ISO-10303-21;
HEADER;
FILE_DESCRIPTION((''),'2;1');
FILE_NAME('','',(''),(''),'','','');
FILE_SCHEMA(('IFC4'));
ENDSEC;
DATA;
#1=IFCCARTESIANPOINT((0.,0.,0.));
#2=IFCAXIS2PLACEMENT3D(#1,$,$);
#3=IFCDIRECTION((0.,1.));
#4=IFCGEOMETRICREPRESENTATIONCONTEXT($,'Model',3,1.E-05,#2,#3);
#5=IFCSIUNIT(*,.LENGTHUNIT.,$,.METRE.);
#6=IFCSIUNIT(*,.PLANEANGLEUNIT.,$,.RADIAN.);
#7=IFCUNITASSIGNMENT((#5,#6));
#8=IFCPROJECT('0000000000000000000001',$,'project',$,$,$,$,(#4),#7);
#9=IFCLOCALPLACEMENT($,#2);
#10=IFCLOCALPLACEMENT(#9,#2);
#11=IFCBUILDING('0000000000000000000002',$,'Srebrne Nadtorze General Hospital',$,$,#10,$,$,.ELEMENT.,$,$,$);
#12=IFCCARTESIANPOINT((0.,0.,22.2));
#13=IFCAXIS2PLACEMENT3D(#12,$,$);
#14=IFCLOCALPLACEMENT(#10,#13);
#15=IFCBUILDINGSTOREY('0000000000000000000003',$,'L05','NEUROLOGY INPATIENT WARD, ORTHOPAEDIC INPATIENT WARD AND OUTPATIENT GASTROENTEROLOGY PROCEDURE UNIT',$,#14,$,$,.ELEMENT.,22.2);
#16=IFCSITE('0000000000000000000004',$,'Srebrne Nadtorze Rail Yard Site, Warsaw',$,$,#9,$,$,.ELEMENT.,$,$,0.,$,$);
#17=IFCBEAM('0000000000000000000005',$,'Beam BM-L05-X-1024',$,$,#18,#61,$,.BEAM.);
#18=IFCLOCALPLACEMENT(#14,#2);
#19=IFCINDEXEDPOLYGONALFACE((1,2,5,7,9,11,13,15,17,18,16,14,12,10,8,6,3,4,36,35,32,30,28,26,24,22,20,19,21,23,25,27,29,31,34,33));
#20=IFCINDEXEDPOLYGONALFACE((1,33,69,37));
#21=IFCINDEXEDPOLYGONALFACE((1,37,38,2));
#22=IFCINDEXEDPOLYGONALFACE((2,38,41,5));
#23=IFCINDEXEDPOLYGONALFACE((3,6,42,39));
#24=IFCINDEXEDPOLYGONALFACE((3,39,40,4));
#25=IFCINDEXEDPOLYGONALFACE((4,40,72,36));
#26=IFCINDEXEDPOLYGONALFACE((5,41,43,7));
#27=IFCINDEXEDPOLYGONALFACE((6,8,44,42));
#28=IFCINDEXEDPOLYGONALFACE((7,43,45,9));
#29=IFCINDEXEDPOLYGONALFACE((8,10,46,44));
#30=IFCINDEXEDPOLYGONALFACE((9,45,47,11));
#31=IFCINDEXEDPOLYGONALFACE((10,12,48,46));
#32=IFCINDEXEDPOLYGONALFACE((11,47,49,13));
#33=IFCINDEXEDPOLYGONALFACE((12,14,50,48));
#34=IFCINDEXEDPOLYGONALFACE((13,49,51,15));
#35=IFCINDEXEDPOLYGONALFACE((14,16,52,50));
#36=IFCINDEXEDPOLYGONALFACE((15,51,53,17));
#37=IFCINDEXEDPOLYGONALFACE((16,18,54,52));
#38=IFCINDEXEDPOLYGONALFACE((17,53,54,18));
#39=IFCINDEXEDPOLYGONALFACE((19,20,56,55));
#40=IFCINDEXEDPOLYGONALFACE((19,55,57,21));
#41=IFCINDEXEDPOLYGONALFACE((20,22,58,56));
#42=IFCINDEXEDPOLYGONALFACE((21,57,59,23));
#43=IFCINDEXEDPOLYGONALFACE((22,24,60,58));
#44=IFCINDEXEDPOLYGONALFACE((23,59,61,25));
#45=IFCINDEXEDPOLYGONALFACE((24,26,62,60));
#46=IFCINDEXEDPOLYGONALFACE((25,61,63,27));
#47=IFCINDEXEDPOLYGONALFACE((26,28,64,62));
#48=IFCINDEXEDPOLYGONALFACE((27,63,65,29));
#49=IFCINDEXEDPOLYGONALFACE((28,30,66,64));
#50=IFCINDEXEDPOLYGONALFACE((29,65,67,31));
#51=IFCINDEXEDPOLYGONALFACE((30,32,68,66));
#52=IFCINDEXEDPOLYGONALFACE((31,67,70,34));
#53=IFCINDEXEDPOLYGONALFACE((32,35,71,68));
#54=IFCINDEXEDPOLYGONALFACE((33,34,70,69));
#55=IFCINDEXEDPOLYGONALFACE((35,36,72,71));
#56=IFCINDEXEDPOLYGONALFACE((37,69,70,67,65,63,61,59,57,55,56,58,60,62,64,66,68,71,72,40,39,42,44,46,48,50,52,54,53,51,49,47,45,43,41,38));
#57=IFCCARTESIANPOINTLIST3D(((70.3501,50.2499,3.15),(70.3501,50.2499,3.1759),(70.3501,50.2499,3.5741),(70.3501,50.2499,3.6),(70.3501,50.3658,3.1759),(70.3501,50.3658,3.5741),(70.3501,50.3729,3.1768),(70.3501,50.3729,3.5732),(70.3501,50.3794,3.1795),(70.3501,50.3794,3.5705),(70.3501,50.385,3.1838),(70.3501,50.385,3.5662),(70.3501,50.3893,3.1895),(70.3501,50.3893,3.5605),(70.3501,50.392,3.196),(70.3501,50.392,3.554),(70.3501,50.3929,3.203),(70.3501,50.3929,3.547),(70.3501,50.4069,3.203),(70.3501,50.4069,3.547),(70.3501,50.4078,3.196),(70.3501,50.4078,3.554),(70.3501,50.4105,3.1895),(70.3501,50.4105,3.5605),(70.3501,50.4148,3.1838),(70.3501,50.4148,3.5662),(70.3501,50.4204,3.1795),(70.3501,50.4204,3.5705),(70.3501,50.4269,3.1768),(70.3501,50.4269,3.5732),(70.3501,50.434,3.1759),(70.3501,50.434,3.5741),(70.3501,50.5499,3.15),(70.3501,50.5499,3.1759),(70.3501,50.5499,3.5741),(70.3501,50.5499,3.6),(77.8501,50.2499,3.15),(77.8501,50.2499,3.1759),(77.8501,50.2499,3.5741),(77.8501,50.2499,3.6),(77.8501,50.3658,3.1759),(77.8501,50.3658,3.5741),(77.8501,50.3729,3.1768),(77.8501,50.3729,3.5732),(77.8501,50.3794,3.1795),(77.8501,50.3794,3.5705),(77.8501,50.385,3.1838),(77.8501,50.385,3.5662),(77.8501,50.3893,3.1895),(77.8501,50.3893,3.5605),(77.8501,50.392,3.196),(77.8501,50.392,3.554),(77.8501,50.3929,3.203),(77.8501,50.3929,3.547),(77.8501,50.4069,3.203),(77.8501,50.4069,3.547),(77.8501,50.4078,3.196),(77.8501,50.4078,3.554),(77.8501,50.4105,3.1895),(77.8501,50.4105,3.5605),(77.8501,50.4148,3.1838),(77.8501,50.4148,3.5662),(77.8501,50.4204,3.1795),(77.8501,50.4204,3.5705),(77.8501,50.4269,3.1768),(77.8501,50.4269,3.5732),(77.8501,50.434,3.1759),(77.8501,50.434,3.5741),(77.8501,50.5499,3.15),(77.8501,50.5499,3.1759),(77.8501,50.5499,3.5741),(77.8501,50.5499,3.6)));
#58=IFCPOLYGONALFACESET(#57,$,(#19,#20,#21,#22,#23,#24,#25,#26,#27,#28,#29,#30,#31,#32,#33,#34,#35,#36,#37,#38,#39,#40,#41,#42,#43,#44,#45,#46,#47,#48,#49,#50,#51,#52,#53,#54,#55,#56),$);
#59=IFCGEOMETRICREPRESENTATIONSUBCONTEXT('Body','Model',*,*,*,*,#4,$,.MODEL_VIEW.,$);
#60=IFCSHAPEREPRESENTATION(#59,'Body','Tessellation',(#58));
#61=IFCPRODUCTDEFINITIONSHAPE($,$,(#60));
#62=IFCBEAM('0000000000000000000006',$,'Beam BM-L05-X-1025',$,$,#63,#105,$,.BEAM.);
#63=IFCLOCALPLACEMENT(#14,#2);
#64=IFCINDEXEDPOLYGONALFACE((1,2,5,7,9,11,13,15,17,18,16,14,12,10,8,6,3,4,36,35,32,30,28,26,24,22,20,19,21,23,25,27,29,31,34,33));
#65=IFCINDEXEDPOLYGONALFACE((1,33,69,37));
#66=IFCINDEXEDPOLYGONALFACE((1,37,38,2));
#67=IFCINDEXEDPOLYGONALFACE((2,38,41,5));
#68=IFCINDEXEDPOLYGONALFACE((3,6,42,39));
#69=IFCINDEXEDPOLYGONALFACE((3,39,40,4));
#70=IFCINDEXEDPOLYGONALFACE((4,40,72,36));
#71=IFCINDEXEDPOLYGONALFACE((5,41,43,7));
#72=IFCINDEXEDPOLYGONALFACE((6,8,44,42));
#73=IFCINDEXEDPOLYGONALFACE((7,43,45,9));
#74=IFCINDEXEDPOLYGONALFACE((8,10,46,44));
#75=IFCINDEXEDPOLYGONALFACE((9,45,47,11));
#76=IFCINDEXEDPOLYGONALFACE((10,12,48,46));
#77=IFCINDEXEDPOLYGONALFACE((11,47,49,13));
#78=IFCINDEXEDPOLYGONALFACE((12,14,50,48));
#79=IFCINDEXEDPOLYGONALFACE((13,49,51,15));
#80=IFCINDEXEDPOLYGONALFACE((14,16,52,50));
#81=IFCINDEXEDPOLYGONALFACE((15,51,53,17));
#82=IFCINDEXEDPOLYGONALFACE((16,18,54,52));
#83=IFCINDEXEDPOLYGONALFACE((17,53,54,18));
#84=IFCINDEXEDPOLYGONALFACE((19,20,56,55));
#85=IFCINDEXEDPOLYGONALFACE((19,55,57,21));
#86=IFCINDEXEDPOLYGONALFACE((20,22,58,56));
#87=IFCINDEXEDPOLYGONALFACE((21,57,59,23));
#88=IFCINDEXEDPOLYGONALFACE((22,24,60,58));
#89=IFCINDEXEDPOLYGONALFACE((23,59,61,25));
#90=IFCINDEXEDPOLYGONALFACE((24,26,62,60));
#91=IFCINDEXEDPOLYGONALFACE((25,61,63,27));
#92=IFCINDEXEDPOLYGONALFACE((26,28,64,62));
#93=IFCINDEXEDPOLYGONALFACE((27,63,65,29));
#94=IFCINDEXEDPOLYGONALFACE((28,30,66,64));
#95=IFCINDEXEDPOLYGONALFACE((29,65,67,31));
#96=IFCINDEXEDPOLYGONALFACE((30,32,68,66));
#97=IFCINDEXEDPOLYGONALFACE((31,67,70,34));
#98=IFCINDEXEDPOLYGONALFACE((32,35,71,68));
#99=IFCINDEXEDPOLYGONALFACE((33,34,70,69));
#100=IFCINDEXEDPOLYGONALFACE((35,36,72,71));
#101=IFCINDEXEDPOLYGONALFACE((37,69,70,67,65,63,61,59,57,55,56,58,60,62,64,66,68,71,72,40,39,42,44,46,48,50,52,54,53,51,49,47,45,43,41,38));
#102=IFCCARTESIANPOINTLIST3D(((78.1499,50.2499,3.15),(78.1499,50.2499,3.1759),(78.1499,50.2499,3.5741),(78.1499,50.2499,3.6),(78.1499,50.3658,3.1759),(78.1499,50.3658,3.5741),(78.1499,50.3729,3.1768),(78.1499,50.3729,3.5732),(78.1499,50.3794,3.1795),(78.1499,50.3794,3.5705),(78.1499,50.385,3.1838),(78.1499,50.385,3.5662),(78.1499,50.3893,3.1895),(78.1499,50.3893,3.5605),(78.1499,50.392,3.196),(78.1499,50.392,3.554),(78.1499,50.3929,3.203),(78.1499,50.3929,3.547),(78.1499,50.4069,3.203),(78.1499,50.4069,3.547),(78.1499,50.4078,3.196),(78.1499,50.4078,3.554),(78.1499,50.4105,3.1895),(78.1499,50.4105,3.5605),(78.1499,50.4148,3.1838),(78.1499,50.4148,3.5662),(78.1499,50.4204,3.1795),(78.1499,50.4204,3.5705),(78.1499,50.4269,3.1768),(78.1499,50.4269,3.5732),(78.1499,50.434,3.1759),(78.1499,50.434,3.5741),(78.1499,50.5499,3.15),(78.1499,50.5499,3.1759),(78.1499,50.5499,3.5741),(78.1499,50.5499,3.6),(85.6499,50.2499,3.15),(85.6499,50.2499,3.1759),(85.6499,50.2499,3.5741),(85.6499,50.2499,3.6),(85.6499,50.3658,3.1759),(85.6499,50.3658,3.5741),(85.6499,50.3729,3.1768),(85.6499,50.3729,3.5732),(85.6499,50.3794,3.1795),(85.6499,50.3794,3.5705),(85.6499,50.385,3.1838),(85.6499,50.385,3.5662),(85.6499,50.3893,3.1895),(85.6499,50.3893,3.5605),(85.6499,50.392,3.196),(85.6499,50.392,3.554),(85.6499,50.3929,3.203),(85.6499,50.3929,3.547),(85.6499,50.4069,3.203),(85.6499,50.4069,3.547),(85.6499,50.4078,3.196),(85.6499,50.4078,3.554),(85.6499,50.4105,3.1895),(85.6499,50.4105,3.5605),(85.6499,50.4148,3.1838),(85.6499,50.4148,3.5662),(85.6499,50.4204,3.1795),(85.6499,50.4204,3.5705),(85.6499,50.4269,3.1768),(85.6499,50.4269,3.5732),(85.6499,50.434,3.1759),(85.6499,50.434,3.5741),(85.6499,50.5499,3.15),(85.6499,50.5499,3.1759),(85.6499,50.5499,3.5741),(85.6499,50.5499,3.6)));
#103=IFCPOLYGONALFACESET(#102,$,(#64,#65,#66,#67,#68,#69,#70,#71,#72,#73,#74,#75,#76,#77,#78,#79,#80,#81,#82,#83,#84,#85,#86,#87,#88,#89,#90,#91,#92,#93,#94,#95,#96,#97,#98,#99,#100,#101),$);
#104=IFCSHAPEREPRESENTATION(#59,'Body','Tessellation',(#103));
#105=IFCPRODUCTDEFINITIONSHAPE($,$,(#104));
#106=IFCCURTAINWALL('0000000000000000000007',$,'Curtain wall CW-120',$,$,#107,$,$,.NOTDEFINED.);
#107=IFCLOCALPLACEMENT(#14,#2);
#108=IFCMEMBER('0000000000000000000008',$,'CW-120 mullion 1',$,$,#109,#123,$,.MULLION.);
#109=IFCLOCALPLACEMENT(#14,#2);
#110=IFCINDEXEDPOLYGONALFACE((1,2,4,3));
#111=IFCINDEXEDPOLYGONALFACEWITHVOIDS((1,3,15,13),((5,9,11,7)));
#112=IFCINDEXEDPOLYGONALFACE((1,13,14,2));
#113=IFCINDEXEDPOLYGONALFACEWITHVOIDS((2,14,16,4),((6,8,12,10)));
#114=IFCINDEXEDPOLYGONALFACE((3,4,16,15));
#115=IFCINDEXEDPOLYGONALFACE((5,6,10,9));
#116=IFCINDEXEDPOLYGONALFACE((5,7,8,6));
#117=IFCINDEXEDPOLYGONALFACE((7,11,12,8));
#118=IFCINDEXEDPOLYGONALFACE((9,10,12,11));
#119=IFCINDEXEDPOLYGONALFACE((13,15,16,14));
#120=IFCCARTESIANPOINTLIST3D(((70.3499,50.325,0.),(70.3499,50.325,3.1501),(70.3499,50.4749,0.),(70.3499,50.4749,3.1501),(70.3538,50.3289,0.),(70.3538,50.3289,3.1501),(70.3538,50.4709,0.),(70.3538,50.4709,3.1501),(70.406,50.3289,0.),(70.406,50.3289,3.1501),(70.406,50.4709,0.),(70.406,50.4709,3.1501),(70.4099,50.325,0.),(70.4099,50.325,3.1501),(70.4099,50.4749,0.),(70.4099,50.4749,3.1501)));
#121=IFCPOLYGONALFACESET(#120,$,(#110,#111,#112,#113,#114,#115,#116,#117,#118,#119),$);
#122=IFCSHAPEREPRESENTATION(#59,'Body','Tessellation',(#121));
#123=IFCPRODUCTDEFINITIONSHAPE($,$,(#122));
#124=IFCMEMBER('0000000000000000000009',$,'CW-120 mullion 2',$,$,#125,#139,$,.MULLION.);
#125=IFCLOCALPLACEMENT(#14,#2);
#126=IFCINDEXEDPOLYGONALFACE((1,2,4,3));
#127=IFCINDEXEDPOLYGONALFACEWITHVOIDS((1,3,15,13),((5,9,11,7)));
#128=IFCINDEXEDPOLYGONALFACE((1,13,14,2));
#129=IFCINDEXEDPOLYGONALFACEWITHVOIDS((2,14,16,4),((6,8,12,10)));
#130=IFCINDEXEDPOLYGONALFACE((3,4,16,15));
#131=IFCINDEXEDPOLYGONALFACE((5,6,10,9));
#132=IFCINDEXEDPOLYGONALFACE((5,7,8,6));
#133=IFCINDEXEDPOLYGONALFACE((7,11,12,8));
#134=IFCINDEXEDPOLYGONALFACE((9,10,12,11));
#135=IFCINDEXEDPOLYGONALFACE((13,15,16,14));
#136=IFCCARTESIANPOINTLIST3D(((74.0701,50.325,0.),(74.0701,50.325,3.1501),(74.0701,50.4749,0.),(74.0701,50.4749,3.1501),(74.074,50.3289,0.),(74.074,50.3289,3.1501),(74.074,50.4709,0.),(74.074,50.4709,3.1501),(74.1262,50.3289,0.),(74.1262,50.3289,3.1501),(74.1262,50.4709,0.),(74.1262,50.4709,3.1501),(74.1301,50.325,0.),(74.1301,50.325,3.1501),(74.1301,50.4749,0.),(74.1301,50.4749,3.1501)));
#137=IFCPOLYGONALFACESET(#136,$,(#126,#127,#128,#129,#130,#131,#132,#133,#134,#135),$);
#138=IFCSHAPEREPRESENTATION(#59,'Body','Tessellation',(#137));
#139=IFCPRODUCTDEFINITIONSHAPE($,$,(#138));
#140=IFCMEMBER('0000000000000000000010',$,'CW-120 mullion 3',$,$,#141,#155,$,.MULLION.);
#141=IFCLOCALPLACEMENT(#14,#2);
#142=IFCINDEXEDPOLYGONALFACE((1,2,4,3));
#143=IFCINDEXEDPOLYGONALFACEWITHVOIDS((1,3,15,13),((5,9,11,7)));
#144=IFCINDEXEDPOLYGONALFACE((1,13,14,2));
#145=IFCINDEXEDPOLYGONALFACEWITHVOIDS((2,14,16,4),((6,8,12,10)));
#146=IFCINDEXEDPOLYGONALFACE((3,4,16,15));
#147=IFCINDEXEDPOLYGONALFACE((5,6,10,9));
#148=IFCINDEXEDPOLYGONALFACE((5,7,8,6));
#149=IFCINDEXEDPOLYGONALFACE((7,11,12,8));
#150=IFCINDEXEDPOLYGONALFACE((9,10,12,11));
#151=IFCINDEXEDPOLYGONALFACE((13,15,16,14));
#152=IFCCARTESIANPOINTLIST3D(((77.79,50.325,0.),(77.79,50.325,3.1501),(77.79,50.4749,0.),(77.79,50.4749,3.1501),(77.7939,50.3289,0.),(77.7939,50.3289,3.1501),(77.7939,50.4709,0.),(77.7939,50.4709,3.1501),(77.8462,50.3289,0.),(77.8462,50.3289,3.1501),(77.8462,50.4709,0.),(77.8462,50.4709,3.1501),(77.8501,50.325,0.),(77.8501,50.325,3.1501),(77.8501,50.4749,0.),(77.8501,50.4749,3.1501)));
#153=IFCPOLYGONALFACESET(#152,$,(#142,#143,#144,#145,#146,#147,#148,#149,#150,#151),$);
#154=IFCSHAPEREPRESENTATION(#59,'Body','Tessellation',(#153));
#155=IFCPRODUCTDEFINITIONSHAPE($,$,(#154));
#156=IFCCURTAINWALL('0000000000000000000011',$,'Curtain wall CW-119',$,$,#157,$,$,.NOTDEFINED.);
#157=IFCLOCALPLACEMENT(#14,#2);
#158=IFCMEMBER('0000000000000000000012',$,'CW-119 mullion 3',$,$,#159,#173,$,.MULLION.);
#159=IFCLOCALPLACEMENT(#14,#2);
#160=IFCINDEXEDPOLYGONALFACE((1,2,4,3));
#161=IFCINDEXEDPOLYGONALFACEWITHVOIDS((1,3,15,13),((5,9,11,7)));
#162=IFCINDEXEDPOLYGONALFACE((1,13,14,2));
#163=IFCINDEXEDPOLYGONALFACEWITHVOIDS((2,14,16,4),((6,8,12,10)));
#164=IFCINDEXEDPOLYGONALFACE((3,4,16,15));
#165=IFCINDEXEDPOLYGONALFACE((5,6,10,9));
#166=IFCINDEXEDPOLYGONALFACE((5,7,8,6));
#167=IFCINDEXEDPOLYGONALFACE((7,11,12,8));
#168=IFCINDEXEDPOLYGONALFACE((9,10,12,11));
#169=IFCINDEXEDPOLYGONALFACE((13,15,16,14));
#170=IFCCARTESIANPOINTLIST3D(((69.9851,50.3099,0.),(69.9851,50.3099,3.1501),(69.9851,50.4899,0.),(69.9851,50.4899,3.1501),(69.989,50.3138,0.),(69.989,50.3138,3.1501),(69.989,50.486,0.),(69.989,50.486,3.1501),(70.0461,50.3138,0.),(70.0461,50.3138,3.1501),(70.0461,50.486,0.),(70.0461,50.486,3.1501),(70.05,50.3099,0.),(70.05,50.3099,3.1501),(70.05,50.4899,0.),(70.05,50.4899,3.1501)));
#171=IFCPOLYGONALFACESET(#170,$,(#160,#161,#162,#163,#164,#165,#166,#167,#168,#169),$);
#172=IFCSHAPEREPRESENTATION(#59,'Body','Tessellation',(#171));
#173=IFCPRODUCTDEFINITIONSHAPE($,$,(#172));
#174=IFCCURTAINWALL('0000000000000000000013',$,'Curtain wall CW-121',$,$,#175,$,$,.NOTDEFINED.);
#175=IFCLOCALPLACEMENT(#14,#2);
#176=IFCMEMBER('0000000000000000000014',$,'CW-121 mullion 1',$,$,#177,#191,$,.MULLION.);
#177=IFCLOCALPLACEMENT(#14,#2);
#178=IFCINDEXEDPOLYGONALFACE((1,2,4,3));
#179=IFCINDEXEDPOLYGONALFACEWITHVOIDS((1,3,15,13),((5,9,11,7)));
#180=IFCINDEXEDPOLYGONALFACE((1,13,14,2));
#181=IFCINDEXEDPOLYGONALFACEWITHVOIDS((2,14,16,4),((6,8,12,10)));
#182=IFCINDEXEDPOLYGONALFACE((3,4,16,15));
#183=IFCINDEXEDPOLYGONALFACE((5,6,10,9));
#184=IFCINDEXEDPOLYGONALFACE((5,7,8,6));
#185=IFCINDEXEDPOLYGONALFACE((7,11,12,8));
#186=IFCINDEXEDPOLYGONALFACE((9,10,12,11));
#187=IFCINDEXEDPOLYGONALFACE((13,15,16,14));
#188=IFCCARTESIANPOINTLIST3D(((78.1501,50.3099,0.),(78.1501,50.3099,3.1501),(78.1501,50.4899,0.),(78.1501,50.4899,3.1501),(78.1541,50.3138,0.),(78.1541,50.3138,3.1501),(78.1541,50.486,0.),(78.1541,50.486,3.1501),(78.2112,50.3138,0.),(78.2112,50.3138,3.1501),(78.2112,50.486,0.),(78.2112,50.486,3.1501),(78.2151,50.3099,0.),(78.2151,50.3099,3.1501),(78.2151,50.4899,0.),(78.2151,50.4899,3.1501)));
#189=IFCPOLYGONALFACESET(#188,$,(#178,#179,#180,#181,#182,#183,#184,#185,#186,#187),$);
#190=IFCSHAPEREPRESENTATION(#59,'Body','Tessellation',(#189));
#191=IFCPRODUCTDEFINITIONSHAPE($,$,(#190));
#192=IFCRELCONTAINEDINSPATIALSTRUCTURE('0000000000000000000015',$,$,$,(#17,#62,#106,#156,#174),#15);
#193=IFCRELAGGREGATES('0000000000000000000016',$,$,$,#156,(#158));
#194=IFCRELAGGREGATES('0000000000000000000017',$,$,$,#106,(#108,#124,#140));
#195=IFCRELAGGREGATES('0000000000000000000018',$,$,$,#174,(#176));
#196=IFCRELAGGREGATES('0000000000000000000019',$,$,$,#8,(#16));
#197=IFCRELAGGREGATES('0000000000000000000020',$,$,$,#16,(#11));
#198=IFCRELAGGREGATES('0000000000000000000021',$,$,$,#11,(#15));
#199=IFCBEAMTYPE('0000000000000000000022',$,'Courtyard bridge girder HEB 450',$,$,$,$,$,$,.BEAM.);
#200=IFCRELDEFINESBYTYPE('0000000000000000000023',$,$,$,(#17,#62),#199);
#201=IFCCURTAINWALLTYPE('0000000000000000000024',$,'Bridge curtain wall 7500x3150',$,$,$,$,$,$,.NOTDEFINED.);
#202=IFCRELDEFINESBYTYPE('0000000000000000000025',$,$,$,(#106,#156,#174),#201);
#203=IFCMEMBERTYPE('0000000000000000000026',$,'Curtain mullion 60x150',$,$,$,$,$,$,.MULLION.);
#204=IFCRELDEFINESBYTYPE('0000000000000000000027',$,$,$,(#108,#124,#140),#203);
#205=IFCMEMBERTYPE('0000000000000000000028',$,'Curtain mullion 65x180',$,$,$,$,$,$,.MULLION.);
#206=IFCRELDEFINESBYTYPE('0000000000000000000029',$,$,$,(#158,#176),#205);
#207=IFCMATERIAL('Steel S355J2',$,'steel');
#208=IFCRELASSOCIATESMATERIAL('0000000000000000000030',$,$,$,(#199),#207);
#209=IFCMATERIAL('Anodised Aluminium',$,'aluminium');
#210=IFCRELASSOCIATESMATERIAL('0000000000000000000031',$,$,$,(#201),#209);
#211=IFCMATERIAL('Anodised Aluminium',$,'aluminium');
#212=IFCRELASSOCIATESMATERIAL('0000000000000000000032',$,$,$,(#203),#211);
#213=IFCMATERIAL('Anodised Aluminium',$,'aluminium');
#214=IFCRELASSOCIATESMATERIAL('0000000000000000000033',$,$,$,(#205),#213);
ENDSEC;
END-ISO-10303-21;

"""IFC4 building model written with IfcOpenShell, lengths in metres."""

from ifc_helpers import new_model, si_unit, direction, frame, origin, origin_2d, place, context, subcontext, project, spatial, hollow_rectangle, i_section, extrude, material, material_profile, profile_set, type_object, element, aggregate, save


model = new_model("IFC4")

# Units and contexts
model_context = context("Model", 3, precision=1e-05, world=origin(), true_north=direction((0.0, 1.0)))
body_context = subcontext(model_context, "Body", "Model", "MODEL_VIEW")
ifc_project = project(units=[si_unit("LENGTHUNIT", "METRE"), si_unit("PLANEANGLEUNIT", "RADIAN")], contexts=[model_context])

# Site, building, storey
site_placement = place(None, origin())
site = spatial("IfcSite", under=ifc_project, at=site_placement, Name="Srebrne Nadtorze Rail Yard Site, Warsaw", CompositionType="ELEMENT", RefElevation=0.0)
building_placement = place(site_placement, origin())
building = spatial("IfcBuilding", under=site, at=building_placement, Name="Srebrne Nadtorze General Hospital", CompositionType="ELEMENT")
storey_placement = place(building_placement, frame((0.0, 0.0, 22.2)))
storey = spatial("IfcBuildingStorey", under=building, at=storey_placement, Name="L05", Description="NEUROLOGY INPATIENT WARD, ORTHOPAEDIC INPATIENT WARD AND OUTPATIENT GASTROENTEROLOGY PROCEDURE UNIT", CompositionType="ELEMENT", Elevation=22.2)

# Beams
ifc_material_1 = material(Name="Steel S355J2", Category="steel")
ifc_material_profile_1 = material_profile(ifc_material_1, i_section(OverallWidth=0.3, OverallDepth=0.45, WebThickness=0.0139, FlangeThickness=0.0259, FilletRadius=0.0271, at=origin_2d()), Name="HEB-450")
ifc_profile_set_1 = profile_set([ifc_material_profile_1], Name="Steel S355J2")
beam_type_1 = type_object("IfcBeamType", Name="Courtyard bridge girder HEB 450", PredefinedType="BEAM", material=ifc_profile_set_1)
for number, where, z_axis, x_axis, name in (
    (1, (70.3501, 50.3999, 3.375), (1.0, 0.0, 0.0), (0.0, 1.0, 0.0), "Beam BM-L05-X-1024"),
    (2, (78.1499, 50.3999, 3.375), (1.0, 0.0, 0.0), (0.0, 1.0, 0.0), "Beam BM-L05-X-1025"),
):
    element("IfcBeam", number, at=place(storey_placement, frame(where, z_axis=z_axis, x_axis=x_axis)), inside=storey, type_object=beam_type_1, Name=name, PredefinedType="BEAM", context=body_context, shape_type="SweptSolid", body=[
        extrude(i_section(OverallWidth=0.3, OverallDepth=0.45, WebThickness=0.0139, FlangeThickness=0.0259, FilletRadius=0.0271, at=origin_2d()), origin(), (0.0, 0.0, 1.0), 7.5),
    ])

# Curtain wall, members
ifc_material_2 = material(Name="Anodised Aluminium", Category="aluminium")
curtain_wall_type = type_object("IfcCurtainWallType", Name="Bridge curtain wall 7500x3150", PredefinedType="NOTDEFINED", material=ifc_material_2)
curtain_wall_1_placement = place(storey_placement, origin())
curtain_wall_1 = element("IfcCurtainWall", 3, at=curtain_wall_1_placement, inside=storey, type_object=curtain_wall_type, Name="Curtain wall CW-120", PredefinedType="NOTDEFINED")
ifc_material_3 = material(Name="Anodised Aluminium", Category="aluminium")
ifc_material_profile_2 = material_profile(ifc_material_3, hollow_rectangle(XDim=0.0601, YDim=0.1499, WallThickness=0.0039, at=origin_2d()), Name="AL-MUL-60x150")
ifc_profile_set_2 = profile_set([ifc_material_profile_2], Name="Anodised Aluminium")
member_type_1 = type_object("IfcMemberType", Name="Curtain mullion 60x150", PredefinedType="MULLION", material=ifc_profile_set_2)
member_1_placement = place(storey_placement, frame((70.3799, 50.3999, 0.0), z_axis=(0.0, 0.0, 1.0), x_axis=(1.0, 0.0, 0.0)))
member_1 = element("IfcMember", 4, at=member_1_placement, type_object=member_type_1, Name="CW-120 mullion 1", PredefinedType="MULLION", context=body_context, shape_type="SweptSolid", body=[
    extrude(hollow_rectangle(XDim=0.0601, YDim=0.1499, WallThickness=0.0039, at=origin_2d()), origin(), (0.0, 0.0, 1.0), 3.1501),
])
member_2_placement = place(storey_placement, frame((74.1001, 50.3999, 0.0), z_axis=(0.0, 0.0, 1.0), x_axis=(1.0, 0.0, 0.0)))
member_2 = element("IfcMember", 5, at=member_2_placement, type_object=member_type_1, Name="CW-120 mullion 2", PredefinedType="MULLION", context=body_context, shape_type="SweptSolid", body=[
    extrude(hollow_rectangle(XDim=0.0601, YDim=0.1499, WallThickness=0.0039, at=origin_2d()), origin(), (0.0, 0.0, 1.0), 3.1501),
])
member_3_placement = place(storey_placement, frame((77.8201, 50.3999, 0.0), z_axis=(0.0, 0.0, 1.0), x_axis=(1.0, 0.0, 0.0)))
member_3 = element("IfcMember", 6, at=member_3_placement, type_object=member_type_1, Name="CW-120 mullion 3", PredefinedType="MULLION", context=body_context, shape_type="SweptSolid", body=[
    extrude(hollow_rectangle(XDim=0.0601, YDim=0.1499, WallThickness=0.0039, at=origin_2d()), origin(), (0.0, 0.0, 1.0), 3.1501),
])

# Curtain wall, member
curtain_wall_2_placement = place(storey_placement, origin())
curtain_wall_2 = element("IfcCurtainWall", 7, at=curtain_wall_2_placement, inside=storey, type_object=curtain_wall_type, Name="Curtain wall CW-119", PredefinedType="NOTDEFINED")
ifc_material_4 = material(Name="Anodised Aluminium", Category="aluminium")
ifc_material_profile_3 = material_profile(ifc_material_4, hollow_rectangle(XDim=0.0649, YDim=0.1799, WallThickness=0.0039, at=origin_2d()), Name="AL-MUL-65x180")
ifc_profile_set_3 = profile_set([ifc_material_profile_3], Name="Anodised Aluminium")
member_type_2 = type_object("IfcMemberType", Name="Curtain mullion 65x180", PredefinedType="MULLION", material=ifc_profile_set_3)
member_4_placement = place(storey_placement, frame((70.0176, 50.3999, 0.0), z_axis=(0.0, 0.0, 1.0), x_axis=(1.0, 0.0, 0.0)))
member_4 = element("IfcMember", 8, at=member_4_placement, type_object=member_type_2, Name="CW-119 mullion 3", PredefinedType="MULLION", context=body_context, shape_type="SweptSolid", body=[
    extrude(hollow_rectangle(XDim=0.0649, YDim=0.1799, WallThickness=0.0039, at=origin_2d()), origin(), (0.0, 0.0, 1.0), 3.1501),
])
aggregate(curtain_wall_2, [member_4])

# Curtain wall, member
curtain_wall_3_placement = place(storey_placement, origin())
curtain_wall_3 = element("IfcCurtainWall", 9, at=curtain_wall_3_placement, inside=storey, type_object=curtain_wall_type, Name="Curtain wall CW-121", PredefinedType="NOTDEFINED")
member_5_placement = place(storey_placement, frame((78.1826, 50.3999, 0.0), z_axis=(0.0, 0.0, 1.0), x_axis=(1.0, 0.0, 0.0)))
member_5 = element("IfcMember", 10, at=member_5_placement, type_object=member_type_2, Name="CW-121 mullion 1", PredefinedType="MULLION", context=body_context, shape_type="SweptSolid", body=[
    extrude(hollow_rectangle(XDim=0.0649, YDim=0.1799, WallThickness=0.0039, at=origin_2d()), origin(), (0.0, 0.0, 1.0), 3.1501),
])

aggregate(curtain_wall_1, [member_1, member_2, member_3])
aggregate(curtain_wall_3, [member_5])

save(model, "model.ifc")
